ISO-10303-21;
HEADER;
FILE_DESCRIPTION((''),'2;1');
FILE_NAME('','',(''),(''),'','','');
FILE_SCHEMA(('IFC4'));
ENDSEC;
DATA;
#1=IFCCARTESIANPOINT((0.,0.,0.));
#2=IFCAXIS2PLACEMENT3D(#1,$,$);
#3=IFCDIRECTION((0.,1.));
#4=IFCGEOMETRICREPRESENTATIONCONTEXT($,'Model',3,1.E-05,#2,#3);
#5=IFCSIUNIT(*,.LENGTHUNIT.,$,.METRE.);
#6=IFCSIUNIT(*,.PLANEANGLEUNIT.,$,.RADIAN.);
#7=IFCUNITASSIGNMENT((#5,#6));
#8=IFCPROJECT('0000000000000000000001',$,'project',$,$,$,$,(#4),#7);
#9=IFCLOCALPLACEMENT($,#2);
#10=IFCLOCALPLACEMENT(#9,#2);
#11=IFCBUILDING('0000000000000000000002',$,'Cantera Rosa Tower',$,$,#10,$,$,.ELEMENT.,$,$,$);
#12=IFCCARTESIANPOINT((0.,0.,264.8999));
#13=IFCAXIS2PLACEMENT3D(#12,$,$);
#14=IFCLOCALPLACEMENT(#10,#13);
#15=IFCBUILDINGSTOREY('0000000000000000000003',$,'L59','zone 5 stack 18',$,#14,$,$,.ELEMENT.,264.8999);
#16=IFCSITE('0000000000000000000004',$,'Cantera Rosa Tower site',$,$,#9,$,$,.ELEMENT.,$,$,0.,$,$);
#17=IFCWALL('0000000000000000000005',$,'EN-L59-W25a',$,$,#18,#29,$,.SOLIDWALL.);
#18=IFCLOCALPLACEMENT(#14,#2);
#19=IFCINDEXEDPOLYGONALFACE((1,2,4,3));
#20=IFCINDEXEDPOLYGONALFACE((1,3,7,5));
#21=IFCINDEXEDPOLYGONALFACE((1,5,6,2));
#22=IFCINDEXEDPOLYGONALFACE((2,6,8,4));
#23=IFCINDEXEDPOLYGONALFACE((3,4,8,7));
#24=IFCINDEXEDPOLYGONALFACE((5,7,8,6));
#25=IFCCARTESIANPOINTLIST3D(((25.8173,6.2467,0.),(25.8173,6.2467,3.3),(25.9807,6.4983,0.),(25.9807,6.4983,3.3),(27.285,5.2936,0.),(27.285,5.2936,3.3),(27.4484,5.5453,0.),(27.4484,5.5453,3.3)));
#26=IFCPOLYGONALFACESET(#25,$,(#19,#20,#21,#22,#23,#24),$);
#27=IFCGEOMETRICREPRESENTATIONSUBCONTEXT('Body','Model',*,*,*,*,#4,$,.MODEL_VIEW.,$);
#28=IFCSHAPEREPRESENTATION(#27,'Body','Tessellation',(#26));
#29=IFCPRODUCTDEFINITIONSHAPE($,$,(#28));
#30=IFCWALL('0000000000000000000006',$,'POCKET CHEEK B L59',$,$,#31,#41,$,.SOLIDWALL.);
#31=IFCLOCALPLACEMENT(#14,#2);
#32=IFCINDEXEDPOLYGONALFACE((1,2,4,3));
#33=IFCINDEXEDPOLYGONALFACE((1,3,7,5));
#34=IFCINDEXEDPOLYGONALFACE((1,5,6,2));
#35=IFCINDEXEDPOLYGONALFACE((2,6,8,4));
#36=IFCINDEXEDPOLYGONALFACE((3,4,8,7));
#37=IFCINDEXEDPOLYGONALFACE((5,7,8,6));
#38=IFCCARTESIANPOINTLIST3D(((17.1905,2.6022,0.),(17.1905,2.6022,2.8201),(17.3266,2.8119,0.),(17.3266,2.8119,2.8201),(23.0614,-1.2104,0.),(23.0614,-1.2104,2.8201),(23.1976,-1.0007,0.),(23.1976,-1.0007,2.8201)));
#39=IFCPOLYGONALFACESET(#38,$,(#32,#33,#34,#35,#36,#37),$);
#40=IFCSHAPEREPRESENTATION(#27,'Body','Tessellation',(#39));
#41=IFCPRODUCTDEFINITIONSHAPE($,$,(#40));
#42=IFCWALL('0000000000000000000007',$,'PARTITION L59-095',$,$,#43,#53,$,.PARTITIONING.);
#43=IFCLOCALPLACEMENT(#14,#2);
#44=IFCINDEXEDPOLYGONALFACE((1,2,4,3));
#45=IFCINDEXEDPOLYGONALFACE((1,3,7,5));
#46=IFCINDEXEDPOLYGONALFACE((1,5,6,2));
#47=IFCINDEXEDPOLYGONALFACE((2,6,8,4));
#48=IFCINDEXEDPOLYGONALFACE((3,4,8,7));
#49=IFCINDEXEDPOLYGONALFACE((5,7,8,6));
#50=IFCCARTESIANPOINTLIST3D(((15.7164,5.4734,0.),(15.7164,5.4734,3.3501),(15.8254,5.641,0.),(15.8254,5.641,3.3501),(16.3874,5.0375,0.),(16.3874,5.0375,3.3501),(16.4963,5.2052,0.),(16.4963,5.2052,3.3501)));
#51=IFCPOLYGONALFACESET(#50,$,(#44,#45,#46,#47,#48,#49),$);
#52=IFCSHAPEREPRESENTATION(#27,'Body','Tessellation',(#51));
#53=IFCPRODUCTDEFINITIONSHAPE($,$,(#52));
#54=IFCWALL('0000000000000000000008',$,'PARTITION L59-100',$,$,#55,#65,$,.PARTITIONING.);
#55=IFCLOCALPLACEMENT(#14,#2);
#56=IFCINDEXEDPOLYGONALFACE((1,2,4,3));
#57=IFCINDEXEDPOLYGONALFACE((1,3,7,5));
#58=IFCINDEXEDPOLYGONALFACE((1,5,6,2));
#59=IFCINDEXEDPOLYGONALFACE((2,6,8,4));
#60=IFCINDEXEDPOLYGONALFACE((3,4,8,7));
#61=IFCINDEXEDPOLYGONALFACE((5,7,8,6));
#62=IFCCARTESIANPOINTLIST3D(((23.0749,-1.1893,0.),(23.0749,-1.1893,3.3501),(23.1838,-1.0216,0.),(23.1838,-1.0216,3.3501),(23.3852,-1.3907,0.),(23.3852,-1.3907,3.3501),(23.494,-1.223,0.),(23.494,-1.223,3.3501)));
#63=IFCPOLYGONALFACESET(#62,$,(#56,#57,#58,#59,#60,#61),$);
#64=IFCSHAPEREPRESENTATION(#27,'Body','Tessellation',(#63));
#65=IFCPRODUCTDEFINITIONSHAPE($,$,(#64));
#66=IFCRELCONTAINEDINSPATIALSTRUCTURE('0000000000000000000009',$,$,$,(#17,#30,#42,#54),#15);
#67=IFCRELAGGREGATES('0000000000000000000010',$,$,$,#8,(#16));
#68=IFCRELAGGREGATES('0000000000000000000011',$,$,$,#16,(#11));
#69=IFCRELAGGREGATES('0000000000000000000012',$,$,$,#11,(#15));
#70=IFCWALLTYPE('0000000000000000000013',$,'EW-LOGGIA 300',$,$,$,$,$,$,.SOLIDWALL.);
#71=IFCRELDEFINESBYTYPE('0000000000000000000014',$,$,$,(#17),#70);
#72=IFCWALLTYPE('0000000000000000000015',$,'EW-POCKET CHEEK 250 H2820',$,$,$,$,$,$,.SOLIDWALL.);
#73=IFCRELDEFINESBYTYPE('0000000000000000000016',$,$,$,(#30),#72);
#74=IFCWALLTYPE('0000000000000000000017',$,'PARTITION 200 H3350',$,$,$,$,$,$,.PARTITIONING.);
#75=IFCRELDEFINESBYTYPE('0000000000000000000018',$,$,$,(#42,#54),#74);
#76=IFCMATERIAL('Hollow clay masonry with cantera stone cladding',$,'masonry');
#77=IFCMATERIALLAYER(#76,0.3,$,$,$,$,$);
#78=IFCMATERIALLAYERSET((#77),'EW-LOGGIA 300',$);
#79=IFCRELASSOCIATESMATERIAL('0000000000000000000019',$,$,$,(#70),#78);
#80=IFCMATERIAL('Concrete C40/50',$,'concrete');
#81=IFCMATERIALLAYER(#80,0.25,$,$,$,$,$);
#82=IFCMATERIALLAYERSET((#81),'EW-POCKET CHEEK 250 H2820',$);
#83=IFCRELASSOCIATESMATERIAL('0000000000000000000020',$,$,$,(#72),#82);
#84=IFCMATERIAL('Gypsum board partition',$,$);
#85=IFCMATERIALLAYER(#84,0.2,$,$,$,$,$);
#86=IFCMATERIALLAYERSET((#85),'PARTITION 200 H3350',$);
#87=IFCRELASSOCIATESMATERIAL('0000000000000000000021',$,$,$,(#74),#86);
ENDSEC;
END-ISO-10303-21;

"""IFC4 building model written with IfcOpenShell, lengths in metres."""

from ifc_helpers import new_model, si_unit, direction, frame, frame_2d, origin, place, context, subcontext, project, spatial, rectangle, extrude, material, layer, layer_set, type_object, element, save


model = new_model("IFC4")

# Units and contexts
model_context = context("Model", 3, precision=1e-05, world=origin(), true_north=direction((0.0, 1.0)))
body_context = subcontext(model_context, "Body", "Model", "MODEL_VIEW")
ifc_project = project(units=[si_unit("LENGTHUNIT", "METRE"), si_unit("PLANEANGLEUNIT", "RADIAN")], contexts=[model_context])

# Site, building, storey
site_placement = place(None, origin())
site = spatial("IfcSite", under=ifc_project, at=site_placement, Name="Cantera Rosa Tower site", CompositionType="ELEMENT", RefElevation=0.0)
building_placement = place(site_placement, origin())
building = spatial("IfcBuilding", under=site, at=building_placement, Name="Cantera Rosa Tower", CompositionType="ELEMENT")
storey_placement = place(building_placement, frame((0.0, 0.0, 264.8999)))
storey = spatial("IfcBuildingStorey", under=building, at=storey_placement, Name="L59", Description="zone 5 stack 18", CompositionType="ELEMENT", Elevation=264.8999)

# Wall
ifc_material_1 = material(Name="Hollow clay masonry with cantera stone cladding", Category="masonry")
ifc_layer_1 = layer(ifc_material_1, 0.3)
ifc_layer_set_1 = layer_set([ifc_layer_1], Name="EW-LOGGIA 300")
wall_type_1 = type_object("IfcWallType", Name="EW-LOGGIA 300", PredefinedType="SOLIDWALL", material=ifc_layer_set_1)
wall_1_placement = place(storey_placement, frame((27.3667, 5.4194, 0.0), z_axis=(0.0, 0.0, 1.0), x_axis=(-0.838686, 0.544616, 0.0)))
element("IfcWall", 1, at=wall_1_placement, inside=storey, type_object=wall_type_1, Name="EN-L59-W25a", PredefinedType="SOLIDWALL", context=body_context, shape_type="SweptSolid", body=[
    extrude(rectangle(XDim=1.75, YDim=0.3, at=frame_2d((0.875, 0.0))), origin(), (0.0, 0.0, 1.0), 3.3),
])

# Walls
ifc_material_2 = material(Name="Concrete C40/50", Category="concrete")
ifc_layer_2 = layer(ifc_material_2, 0.25)
ifc_layer_set_2 = layer_set([ifc_layer_2], Name="EW-POCKET CHEEK 250 H2820")
wall_type_2 = type_object("IfcWallType", Name="EW-POCKET CHEEK 250 H2820", PredefinedType="SOLIDWALL", material=ifc_layer_set_2)
wall_2_placement = place(storey_placement, frame((23.1294, -1.1055, 0.0), z_axis=(0.0, 0.0, 1.0), x_axis=(-0.838675, 0.544632, 0.0)))
element("IfcWall", 2, at=wall_2_placement, inside=storey, type_object=wall_type_2, Name="POCKET CHEEK B L59", PredefinedType="SOLIDWALL", context=body_context, shape_type="SweptSolid", body=[
    extrude(rectangle(XDim=7.0002, YDim=0.25, at=frame_2d((3.5, 0.0))), origin(), (0.0, 0.0, 1.0), 2.8201),
])
ifc_material_3 = material(Name="Gypsum board partition")
ifc_layer_3 = layer(ifc_material_3, 0.2)
ifc_layer_set_3 = layer_set([ifc_layer_3], Name="PARTITION 200 H3350")
wall_type_3 = type_object("IfcWallType", Name="PARTITION 200 H3350", PredefinedType="PARTITIONING", material=ifc_layer_set_3)
wall_3_placement = place(storey_placement, frame((15.771, 5.5571, 0.0), z_axis=(0.0, 0.0, 1.0), x_axis=(0.838611, -0.544731, 0.0)))
element("IfcWall", 3, at=wall_3_placement, inside=storey, type_object=wall_type_3, Name="PARTITION L59-095", PredefinedType="PARTITIONING", context=body_context, shape_type="SweptSolid", body=[
    extrude(rectangle(XDim=0.8, YDim=0.2, at=frame_2d((0.3999, 0.0))), origin(), (0.0, 0.0, 1.0), 3.3501),
])
wall_4_placement = place(storey_placement, frame((23.4397, -1.3069, 0.0), z_axis=(0.0, 0.0, 1.0), x_axis=(-0.83879, 0.544455, 0.0)))
element("IfcWall", 4, at=wall_4_placement, inside=storey, type_object=wall_type_3, Name="PARTITION L59-100", PredefinedType="PARTITIONING", context=body_context, shape_type="SweptSolid", body=[
    extrude(rectangle(XDim=0.3699, YDim=0.2, at=frame_2d((0.1851, 0.0))), origin(), (0.0, 0.0, 1.0), 3.3501),
])

save(model, "model.ifc")
